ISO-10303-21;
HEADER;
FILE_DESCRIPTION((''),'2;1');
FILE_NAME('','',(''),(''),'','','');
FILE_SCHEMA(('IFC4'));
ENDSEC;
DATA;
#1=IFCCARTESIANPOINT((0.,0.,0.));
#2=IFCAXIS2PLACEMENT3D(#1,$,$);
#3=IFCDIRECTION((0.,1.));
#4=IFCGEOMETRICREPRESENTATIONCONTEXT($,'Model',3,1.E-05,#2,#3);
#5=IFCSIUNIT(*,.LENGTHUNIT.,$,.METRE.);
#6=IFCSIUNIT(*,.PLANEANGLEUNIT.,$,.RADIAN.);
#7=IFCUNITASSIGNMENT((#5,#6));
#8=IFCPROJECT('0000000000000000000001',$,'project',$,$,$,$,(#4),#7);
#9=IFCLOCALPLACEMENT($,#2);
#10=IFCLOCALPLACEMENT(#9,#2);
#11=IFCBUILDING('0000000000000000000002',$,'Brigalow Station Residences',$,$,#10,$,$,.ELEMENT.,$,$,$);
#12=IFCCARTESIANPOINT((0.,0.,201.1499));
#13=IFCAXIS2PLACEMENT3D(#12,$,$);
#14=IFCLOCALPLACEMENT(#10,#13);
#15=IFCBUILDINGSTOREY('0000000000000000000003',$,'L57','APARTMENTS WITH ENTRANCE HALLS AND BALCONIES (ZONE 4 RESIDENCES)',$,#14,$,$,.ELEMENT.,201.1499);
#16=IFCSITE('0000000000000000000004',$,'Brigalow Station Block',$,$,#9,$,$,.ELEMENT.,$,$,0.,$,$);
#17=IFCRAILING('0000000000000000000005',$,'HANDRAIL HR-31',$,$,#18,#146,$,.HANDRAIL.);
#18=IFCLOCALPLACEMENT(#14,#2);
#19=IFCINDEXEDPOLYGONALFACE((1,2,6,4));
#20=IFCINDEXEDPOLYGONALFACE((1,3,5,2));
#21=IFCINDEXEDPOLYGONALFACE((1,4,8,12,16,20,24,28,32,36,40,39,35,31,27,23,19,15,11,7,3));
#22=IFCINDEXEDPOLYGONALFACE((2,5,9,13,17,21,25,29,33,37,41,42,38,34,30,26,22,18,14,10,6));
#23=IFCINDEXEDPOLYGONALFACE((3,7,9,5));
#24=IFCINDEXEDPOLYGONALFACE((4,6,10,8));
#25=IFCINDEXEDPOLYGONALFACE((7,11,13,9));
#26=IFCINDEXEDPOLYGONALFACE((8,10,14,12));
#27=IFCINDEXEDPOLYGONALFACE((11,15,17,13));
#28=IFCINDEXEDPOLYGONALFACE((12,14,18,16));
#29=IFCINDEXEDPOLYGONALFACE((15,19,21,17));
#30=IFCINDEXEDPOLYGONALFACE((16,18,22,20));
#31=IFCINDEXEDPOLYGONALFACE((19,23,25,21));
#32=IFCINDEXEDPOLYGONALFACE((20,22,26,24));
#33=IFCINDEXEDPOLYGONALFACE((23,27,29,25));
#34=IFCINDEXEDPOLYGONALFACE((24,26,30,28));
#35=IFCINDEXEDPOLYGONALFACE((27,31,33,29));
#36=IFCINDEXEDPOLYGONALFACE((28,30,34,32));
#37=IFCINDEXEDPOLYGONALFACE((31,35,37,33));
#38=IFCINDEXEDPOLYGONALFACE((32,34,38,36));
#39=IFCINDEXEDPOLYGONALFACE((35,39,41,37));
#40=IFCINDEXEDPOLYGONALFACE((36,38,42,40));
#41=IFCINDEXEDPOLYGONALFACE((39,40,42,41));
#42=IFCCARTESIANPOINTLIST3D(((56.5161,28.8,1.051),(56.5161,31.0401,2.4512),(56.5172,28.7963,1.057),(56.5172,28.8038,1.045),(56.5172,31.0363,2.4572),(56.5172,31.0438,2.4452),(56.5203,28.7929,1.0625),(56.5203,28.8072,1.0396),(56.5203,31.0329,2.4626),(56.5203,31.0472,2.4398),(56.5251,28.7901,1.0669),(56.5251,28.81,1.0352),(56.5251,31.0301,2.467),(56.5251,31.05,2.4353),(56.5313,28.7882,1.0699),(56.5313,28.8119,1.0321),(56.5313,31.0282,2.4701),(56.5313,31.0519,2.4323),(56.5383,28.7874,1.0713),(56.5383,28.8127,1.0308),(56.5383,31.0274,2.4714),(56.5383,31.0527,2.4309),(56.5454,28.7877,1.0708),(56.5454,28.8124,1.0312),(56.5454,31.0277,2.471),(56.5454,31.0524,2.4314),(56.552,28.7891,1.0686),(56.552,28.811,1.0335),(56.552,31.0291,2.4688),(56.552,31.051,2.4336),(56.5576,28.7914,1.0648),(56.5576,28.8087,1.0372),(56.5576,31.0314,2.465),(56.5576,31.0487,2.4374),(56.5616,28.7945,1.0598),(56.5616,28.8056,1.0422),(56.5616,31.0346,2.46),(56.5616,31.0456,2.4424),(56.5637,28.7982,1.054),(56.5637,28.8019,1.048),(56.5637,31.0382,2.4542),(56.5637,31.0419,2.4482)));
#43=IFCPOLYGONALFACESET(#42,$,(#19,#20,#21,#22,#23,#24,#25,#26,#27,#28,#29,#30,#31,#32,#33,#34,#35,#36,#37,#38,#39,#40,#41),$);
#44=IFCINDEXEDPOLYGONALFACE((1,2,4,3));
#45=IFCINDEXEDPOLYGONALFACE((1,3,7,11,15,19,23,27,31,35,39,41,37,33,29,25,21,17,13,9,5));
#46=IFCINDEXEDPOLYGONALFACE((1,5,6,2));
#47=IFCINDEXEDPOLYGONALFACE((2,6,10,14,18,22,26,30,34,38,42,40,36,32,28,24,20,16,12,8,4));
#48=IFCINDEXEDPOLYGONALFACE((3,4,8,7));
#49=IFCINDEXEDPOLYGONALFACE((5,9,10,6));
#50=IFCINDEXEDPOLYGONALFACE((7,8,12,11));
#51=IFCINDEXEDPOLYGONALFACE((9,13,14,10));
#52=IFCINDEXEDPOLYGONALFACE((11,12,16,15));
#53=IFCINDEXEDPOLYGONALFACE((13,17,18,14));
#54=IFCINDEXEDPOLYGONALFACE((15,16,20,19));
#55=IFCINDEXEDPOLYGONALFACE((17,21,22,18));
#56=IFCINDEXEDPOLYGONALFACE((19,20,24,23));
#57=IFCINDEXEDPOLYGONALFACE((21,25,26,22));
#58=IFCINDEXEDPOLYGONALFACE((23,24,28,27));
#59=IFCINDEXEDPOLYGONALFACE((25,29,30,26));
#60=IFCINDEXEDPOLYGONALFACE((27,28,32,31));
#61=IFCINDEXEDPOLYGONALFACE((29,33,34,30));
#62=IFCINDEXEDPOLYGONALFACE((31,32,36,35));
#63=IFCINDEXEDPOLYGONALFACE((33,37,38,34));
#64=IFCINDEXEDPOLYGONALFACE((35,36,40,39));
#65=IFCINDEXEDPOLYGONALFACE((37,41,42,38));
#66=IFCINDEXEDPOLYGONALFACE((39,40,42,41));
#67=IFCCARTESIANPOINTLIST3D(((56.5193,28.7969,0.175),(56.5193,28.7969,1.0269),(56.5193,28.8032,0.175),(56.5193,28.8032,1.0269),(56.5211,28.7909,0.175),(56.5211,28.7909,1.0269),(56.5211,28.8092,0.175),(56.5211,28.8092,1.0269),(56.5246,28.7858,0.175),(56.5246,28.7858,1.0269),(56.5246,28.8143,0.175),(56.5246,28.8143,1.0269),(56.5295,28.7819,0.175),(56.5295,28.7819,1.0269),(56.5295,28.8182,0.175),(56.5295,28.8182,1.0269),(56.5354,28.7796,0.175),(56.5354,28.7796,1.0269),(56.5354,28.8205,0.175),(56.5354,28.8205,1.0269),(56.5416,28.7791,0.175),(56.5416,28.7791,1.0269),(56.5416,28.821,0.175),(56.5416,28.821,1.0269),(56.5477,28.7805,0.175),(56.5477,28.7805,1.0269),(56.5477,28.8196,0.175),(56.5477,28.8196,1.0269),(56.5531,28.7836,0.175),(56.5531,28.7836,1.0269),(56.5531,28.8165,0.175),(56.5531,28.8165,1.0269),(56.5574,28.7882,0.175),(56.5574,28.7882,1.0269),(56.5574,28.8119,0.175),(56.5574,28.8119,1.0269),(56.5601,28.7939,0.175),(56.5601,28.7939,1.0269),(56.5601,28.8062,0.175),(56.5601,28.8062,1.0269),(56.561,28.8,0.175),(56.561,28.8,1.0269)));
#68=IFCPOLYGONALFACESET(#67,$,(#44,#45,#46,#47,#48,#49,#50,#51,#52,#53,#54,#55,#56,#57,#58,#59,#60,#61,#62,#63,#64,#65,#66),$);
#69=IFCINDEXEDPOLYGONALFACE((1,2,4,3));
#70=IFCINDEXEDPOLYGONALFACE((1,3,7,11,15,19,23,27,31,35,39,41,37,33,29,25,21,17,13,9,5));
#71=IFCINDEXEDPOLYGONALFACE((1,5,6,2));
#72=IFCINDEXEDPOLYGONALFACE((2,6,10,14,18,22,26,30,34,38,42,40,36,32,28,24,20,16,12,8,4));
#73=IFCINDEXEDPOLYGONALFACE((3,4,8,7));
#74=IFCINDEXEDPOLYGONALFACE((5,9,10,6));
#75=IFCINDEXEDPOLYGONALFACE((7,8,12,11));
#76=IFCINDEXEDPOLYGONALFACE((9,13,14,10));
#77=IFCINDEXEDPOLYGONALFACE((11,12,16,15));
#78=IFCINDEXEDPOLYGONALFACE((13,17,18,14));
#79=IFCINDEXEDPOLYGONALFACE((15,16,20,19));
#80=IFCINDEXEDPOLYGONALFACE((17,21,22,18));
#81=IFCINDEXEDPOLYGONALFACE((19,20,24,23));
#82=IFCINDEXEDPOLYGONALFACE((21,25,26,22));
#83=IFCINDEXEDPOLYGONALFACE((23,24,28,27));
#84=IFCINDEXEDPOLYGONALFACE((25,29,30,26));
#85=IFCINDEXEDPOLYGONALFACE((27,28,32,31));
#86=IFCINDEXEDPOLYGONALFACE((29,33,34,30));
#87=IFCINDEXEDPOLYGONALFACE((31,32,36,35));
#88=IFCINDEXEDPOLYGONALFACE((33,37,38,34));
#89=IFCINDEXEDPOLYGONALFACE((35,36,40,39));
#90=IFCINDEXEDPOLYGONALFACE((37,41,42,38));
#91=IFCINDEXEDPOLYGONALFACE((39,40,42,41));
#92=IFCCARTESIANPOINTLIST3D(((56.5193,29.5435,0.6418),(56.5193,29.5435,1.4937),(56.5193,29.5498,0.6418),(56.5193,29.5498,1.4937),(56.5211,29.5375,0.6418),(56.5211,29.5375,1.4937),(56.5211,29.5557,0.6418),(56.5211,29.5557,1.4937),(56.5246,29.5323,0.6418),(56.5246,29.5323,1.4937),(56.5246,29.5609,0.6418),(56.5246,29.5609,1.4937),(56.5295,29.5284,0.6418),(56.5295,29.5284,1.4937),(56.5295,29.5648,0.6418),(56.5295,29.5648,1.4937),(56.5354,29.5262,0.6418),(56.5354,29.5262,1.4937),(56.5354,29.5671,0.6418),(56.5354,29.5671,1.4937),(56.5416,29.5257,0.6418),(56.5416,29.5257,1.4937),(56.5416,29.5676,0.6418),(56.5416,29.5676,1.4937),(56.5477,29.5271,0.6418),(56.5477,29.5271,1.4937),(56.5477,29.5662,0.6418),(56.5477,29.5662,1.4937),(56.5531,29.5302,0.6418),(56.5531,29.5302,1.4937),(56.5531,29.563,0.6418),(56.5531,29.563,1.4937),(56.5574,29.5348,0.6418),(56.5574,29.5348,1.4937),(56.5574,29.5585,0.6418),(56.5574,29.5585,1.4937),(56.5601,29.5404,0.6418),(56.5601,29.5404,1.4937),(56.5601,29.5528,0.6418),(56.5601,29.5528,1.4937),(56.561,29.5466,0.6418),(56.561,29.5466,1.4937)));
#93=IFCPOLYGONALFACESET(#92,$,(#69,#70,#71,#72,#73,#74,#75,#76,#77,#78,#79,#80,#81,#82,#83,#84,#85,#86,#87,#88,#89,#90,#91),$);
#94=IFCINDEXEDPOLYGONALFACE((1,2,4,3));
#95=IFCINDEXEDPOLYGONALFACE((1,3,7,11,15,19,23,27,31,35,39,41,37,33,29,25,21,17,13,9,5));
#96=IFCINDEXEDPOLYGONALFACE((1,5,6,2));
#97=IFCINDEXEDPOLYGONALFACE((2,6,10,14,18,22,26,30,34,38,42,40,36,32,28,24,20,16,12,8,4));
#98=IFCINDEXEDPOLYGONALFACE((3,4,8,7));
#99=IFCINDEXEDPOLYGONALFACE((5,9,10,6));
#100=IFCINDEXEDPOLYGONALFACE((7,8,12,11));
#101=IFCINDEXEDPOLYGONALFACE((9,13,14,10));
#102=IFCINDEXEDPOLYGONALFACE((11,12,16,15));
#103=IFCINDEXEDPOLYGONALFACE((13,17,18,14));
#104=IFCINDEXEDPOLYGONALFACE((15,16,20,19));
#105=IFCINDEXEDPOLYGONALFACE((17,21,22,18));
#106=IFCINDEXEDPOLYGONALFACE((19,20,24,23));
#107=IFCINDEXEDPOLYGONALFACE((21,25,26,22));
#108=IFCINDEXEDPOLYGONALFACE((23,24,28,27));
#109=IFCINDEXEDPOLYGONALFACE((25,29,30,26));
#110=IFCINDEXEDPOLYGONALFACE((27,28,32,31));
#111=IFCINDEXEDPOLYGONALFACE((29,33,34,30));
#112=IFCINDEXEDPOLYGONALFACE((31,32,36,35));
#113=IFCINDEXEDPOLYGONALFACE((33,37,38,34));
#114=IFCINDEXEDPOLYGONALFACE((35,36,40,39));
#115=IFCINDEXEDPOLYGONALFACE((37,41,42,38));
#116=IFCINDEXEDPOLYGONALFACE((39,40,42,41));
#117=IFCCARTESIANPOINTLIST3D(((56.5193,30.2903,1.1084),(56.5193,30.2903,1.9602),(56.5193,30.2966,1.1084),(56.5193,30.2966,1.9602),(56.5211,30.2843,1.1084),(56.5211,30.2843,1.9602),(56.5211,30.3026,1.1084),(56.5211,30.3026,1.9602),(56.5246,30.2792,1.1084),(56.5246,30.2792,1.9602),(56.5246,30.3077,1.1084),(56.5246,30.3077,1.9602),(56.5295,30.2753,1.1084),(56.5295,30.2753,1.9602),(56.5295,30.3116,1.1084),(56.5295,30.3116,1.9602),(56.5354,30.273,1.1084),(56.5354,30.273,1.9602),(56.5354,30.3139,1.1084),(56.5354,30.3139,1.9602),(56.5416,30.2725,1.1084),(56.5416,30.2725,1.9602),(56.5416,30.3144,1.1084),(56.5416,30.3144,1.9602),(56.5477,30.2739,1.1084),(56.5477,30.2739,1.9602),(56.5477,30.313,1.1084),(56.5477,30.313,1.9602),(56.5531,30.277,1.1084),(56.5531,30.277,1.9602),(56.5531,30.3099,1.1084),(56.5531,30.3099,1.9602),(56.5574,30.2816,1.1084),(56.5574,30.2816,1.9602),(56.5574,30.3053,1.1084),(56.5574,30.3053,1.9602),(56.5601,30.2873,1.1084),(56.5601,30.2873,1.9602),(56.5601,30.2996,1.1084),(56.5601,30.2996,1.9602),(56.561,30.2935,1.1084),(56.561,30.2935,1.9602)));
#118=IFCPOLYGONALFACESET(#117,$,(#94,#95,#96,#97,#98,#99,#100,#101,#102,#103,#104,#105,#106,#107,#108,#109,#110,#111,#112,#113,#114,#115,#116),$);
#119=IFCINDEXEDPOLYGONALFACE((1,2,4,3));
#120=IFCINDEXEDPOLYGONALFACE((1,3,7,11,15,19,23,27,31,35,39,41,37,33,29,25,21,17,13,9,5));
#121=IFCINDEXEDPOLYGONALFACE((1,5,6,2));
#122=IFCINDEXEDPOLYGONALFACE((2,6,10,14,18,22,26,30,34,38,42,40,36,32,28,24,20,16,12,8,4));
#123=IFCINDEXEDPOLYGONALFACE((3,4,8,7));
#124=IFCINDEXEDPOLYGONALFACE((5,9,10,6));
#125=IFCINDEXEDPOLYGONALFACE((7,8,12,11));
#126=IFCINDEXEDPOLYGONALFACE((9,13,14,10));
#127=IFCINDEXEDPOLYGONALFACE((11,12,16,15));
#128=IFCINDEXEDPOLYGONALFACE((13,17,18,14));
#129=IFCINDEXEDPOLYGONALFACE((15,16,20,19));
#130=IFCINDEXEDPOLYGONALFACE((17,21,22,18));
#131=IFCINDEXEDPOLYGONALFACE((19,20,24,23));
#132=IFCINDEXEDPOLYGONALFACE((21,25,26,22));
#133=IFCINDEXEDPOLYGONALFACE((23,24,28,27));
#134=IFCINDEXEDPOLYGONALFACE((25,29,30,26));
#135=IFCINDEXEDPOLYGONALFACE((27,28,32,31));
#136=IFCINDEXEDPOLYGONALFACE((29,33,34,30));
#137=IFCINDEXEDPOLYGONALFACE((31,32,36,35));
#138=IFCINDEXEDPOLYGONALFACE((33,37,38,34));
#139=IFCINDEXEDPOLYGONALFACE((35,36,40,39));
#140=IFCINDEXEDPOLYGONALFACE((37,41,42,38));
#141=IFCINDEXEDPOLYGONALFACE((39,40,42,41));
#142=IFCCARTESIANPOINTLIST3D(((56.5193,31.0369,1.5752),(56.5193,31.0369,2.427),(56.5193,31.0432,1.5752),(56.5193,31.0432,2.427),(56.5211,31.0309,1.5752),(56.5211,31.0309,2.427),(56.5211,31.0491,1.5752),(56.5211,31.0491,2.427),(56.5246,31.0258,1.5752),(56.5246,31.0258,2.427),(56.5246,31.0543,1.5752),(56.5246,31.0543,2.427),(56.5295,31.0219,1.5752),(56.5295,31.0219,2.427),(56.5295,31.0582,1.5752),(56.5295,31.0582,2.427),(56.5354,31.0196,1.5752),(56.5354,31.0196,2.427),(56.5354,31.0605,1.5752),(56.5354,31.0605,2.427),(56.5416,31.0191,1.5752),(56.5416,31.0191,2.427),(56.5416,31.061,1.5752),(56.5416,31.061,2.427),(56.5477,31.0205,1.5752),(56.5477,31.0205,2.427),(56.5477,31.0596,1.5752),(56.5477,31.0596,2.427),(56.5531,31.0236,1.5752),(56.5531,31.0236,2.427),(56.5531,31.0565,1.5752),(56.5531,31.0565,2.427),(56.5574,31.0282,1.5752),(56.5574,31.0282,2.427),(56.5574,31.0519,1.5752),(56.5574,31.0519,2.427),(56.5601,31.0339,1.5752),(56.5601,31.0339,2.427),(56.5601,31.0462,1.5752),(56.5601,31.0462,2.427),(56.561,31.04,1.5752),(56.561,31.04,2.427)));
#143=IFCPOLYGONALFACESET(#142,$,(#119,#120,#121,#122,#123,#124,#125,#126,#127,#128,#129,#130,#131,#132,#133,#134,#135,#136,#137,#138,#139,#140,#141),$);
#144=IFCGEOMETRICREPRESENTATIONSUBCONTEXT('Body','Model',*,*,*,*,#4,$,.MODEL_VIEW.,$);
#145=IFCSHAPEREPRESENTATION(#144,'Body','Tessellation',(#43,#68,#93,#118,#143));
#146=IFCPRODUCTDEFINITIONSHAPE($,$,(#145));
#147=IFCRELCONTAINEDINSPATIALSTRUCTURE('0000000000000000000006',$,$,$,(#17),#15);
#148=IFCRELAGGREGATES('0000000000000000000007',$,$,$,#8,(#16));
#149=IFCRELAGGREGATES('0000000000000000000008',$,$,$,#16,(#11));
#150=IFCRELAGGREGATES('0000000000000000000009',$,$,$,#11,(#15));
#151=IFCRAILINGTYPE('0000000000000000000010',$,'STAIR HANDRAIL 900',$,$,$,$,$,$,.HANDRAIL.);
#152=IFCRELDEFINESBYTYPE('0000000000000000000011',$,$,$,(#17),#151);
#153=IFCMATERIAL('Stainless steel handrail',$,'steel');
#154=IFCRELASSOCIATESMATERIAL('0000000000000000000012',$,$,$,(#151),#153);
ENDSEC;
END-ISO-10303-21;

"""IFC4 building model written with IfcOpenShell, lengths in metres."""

from ifc_helpers import new_model, si_unit, direction, frame, origin, origin_2d, place, context, subcontext, project, spatial, circle, extrude, material, type_object, element, save


model = new_model("IFC4")

# Units and contexts
model_context = context("Model", 3, precision=1e-05, world=origin(), true_north=direction((0.0, 1.0)))
body_context = subcontext(model_context, "Body", "Model", "MODEL_VIEW")
ifc_project = project(units=[si_unit("LENGTHUNIT", "METRE"), si_unit("PLANEANGLEUNIT", "RADIAN")], contexts=[model_context])

# Site, building, storey
site_placement = place(None, origin())
site = spatial("IfcSite", under=ifc_project, at=site_placement, Name="Brigalow Station Block", CompositionType="ELEMENT", RefElevation=0.0)
building_placement = place(site_placement, origin())
building = spatial("IfcBuilding", under=site, at=building_placement, Name="Brigalow Station Residences", CompositionType="ELEMENT")
storey_placement = place(building_placement, frame((0.0, 0.0, 201.1499)))
storey = spatial("IfcBuildingStorey", under=building, at=storey_placement, Name="L57", Description="APARTMENTS WITH ENTRANCE HALLS AND BALCONIES (ZONE 4 RESIDENCES)", CompositionType="ELEMENT", Elevation=201.1499)

# Railing
ifc_material_1 = material(Name="Stainless steel handrail", Category="steel")
railing_type_1 = type_object("IfcRailingType", Name="STAIR HANDRAIL 900", PredefinedType="HANDRAIL", material=ifc_material_1)
railing_1_placement = place(storey_placement, frame((56.54, 28.8, 0.175)))
element("IfcRailing", 1, at=railing_1_placement, inside=storey, type_object=railing_type_1, Name="HANDRAIL HR-31", PredefinedType="HANDRAIL", context=body_context, shape_type="SweptSolid", body=[
    extrude(circle(Radius=0.0239, at=origin_2d()), frame((0.0, 0.0, 0.876), z_axis=(0.0, 0.847972, 0.53004), x_axis=(-1.0, 0.0, 0.0)), (0.0, 0.0, 1.0), 2.6416),
    extrude(circle(Radius=0.021, at=origin_2d()), origin(), (0.0, 0.0, 1.0), 0.8518),
    extrude(circle(Radius=0.021, at=origin_2d()), frame((0.0, 0.7466, 0.4668)), (0.0, 0.0, 1.0), 0.8518),
    extrude(circle(Radius=0.021, at=origin_2d()), frame((0.0, 1.4934, 0.9333)), (0.0, 0.0, 1.0), 0.8518),
    extrude(circle(Radius=0.021, at=origin_2d()), frame((0.0, 2.24, 1.4001)), (0.0, 0.0, 1.0), 0.8518),
])

save(model, "model.ifc")
